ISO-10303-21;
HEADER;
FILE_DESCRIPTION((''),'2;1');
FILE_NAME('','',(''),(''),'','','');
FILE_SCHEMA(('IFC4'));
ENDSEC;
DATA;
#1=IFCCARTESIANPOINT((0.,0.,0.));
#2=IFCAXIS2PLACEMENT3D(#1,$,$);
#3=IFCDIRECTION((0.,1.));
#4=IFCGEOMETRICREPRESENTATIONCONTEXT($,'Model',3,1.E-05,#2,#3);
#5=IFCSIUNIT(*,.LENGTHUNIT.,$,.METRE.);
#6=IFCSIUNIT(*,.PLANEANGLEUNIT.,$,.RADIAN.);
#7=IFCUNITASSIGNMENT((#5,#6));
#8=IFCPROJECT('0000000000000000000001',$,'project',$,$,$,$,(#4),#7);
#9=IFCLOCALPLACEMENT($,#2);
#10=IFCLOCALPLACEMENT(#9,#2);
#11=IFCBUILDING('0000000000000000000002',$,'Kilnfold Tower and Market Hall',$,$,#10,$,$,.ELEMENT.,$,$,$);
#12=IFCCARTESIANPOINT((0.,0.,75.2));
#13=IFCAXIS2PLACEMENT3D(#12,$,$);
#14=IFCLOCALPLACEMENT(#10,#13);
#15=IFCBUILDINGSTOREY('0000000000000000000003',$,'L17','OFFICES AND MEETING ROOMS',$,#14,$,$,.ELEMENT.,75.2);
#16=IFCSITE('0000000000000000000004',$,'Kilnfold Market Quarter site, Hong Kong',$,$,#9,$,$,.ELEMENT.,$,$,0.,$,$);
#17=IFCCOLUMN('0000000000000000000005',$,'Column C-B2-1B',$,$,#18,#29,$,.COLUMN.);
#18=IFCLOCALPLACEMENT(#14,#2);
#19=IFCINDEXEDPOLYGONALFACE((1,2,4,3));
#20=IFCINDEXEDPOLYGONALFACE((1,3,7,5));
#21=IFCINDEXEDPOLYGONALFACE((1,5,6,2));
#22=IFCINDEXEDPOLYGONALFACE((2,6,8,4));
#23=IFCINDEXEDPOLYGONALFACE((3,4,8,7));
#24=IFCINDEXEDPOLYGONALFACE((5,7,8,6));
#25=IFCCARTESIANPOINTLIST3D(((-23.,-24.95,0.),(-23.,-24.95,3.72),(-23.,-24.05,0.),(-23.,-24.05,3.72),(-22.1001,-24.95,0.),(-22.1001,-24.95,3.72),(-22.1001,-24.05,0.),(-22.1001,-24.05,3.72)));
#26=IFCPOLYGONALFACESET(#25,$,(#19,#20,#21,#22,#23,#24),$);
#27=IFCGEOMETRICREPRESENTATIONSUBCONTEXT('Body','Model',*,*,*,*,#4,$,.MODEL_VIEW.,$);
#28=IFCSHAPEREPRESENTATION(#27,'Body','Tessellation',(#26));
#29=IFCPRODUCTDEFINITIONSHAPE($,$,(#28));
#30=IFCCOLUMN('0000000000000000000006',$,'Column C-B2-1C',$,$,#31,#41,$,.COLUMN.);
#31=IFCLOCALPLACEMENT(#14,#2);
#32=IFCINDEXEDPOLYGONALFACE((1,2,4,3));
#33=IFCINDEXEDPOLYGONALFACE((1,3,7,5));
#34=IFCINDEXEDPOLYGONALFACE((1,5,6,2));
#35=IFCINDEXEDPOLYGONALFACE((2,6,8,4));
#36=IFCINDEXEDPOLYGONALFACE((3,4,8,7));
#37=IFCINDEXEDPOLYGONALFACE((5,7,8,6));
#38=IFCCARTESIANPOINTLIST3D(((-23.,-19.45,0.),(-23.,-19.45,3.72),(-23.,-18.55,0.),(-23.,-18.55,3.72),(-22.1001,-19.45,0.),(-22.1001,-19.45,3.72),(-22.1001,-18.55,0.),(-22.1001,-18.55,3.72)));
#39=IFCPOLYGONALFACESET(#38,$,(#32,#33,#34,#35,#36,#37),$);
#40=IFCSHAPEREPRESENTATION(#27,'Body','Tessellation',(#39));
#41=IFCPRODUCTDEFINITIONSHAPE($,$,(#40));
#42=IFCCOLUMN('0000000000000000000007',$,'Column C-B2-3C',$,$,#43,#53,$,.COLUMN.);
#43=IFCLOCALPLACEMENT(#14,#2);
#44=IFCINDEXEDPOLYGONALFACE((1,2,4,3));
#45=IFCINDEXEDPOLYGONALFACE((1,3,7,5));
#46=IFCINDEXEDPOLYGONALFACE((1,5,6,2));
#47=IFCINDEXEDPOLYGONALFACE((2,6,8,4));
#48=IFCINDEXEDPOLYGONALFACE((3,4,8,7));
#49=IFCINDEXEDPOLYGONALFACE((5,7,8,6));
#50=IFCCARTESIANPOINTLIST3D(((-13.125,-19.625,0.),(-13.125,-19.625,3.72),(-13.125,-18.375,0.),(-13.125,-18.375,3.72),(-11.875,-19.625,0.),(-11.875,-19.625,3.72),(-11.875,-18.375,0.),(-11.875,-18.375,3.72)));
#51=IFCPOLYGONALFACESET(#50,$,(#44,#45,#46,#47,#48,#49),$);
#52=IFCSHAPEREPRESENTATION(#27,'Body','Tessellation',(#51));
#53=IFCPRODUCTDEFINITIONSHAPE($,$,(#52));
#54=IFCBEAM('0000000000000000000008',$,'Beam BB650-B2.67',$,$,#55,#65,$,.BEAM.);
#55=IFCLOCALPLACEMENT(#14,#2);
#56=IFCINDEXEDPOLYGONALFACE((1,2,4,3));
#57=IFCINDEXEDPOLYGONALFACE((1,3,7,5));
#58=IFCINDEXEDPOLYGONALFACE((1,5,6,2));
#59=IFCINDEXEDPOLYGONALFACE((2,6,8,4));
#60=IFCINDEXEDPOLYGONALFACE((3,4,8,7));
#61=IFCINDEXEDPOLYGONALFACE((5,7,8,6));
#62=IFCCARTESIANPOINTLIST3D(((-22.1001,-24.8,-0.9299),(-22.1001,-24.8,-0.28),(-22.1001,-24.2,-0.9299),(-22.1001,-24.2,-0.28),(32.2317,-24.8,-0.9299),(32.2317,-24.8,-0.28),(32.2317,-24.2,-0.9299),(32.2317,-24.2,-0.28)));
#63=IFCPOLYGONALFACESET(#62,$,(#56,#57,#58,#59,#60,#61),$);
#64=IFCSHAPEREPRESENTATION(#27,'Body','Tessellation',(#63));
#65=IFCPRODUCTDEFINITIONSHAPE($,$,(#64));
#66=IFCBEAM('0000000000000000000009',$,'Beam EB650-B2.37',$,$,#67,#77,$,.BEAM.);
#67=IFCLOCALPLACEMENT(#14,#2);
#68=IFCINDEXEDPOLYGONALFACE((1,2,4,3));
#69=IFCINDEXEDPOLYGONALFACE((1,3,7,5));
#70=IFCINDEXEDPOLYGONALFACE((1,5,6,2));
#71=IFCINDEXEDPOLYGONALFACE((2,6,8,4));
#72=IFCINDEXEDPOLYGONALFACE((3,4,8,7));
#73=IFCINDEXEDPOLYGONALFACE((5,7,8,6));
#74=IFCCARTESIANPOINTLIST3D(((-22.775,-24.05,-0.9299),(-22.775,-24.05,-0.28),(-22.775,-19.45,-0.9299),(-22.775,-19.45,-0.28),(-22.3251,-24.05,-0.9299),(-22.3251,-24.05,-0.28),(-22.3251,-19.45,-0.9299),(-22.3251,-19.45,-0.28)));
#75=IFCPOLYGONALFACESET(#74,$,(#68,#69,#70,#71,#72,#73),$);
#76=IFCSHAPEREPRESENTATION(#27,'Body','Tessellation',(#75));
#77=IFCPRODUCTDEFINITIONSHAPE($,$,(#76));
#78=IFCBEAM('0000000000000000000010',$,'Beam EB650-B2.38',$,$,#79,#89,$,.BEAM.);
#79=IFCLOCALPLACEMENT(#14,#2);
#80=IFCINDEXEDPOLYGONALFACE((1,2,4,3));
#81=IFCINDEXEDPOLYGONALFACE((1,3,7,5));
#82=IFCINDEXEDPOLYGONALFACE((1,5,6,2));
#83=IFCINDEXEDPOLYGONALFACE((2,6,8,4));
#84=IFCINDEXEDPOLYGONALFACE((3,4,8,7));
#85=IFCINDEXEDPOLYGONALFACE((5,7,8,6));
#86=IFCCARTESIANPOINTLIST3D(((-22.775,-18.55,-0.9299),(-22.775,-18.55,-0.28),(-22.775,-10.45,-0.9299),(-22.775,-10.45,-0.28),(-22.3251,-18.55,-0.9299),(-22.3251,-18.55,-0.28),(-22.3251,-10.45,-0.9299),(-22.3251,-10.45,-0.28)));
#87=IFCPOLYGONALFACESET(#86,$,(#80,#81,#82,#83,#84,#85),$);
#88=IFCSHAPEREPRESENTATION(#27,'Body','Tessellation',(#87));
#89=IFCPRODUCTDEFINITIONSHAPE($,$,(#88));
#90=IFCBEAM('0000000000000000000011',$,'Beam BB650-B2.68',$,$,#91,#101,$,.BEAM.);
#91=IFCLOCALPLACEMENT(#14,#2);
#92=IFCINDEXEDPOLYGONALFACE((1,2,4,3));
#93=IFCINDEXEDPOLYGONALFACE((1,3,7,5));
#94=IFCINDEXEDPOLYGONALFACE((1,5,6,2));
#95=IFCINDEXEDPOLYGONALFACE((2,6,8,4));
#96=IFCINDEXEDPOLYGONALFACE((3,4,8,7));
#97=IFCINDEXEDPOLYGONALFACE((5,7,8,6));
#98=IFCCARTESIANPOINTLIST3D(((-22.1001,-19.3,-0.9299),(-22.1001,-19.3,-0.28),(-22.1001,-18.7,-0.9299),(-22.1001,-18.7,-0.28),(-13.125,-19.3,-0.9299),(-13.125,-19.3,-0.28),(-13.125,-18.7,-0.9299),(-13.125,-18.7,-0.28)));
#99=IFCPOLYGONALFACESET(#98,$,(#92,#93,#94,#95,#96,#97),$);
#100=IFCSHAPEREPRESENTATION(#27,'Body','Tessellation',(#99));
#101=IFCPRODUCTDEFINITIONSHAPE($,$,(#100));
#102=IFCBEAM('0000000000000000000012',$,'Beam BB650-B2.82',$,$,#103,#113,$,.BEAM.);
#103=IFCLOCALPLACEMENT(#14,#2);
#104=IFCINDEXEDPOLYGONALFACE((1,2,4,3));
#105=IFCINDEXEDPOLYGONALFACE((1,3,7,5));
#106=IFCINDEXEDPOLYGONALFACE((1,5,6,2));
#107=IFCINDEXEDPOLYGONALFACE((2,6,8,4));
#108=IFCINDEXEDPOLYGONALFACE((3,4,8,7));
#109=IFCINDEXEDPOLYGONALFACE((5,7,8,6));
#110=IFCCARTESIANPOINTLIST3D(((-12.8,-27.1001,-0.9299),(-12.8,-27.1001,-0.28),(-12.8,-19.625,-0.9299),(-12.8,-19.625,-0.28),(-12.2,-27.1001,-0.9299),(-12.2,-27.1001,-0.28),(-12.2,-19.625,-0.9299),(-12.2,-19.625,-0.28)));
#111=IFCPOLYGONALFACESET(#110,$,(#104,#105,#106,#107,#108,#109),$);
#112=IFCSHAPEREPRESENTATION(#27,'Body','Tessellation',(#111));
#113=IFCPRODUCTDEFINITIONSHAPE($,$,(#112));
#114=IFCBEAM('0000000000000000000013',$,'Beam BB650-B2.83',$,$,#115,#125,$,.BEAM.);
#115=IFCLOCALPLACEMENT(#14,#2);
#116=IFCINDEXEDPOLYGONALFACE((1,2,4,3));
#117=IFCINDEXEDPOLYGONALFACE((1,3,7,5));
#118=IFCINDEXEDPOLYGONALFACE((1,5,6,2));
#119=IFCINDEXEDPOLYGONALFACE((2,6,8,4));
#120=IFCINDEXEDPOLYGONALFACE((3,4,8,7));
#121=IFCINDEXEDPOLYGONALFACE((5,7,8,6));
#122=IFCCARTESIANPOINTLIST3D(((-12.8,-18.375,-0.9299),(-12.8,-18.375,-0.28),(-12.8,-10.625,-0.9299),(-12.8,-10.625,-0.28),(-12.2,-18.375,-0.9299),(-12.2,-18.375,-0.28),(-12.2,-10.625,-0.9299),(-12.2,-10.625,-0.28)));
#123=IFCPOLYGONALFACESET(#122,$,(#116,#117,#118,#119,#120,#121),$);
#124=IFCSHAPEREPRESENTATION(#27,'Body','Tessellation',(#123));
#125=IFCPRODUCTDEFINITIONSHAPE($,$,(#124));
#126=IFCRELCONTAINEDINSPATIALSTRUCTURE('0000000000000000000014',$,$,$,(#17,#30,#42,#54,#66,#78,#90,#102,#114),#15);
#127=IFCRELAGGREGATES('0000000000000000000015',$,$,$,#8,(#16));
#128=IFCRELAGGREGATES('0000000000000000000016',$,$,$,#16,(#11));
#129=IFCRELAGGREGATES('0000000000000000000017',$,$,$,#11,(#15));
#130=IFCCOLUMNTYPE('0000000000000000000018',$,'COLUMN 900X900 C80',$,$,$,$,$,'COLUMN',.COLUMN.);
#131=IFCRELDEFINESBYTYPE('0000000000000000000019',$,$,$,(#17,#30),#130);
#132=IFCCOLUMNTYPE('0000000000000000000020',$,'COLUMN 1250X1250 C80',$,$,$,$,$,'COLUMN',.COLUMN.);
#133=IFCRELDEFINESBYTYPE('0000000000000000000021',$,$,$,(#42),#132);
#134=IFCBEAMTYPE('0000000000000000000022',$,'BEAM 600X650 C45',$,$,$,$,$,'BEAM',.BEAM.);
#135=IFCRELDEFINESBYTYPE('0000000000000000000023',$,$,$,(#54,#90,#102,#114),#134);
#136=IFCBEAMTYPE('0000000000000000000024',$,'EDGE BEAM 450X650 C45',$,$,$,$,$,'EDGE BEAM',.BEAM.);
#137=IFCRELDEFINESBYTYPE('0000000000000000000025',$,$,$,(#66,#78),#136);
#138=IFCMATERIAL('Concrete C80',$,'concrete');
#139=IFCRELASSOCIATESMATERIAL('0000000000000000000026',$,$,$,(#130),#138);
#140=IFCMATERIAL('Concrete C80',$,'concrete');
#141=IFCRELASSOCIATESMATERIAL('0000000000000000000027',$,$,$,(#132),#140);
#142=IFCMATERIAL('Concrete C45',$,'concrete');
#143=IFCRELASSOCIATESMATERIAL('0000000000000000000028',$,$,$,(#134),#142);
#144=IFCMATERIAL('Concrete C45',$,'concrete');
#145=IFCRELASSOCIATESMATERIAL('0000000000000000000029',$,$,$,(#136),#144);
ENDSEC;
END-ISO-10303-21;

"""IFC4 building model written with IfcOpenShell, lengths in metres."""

from ifc_helpers import new_model, si_unit, direction, frame, origin, origin_2d, place, context, subcontext, project, spatial, rectangle, extrude, source, transform, mapped, material, material_profile, profile_set, type_object, element, save


model = new_model("IFC4")

# Units and contexts
model_context = context("Model", 3, precision=1e-05, world=origin(), true_north=direction((0.0, 1.0)))
body_context = subcontext(model_context, "Body", "Model", "MODEL_VIEW")
ifc_project = project(units=[si_unit("LENGTHUNIT", "METRE"), si_unit("PLANEANGLEUNIT", "RADIAN")], contexts=[model_context])

# Site, building, storey
site_placement = place(None, origin())
site = spatial("IfcSite", under=ifc_project, at=site_placement, Name="Kilnfold Market Quarter site, Hong Kong", CompositionType="ELEMENT", RefElevation=0.0)
building_placement = place(site_placement, origin())
building = spatial("IfcBuilding", under=site, at=building_placement, Name="Kilnfold Tower and Market Hall", CompositionType="ELEMENT")
storey_placement = place(building_placement, frame((0.0, 0.0, 75.2)))
storey = spatial("IfcBuildingStorey", under=building, at=storey_placement, Name="L17", Description="OFFICES AND MEETING ROOMS", CompositionType="ELEMENT", Elevation=75.2)

# Columns
ifc_material_1 = material(Name="Concrete C80", Category="concrete")
ifc_material_profile_1 = material_profile(ifc_material_1, rectangle(XDim=0.8999, YDim=0.8999, at=origin_2d()), Name="RC 900x900")
ifc_profile_set_1 = profile_set([ifc_material_profile_1], Name="Concrete C80")
column_type_1 = type_object("IfcColumnType", Name="COLUMN 900X900 C80", ElementType="COLUMN", PredefinedType="COLUMN", material=ifc_profile_set_1)
shared_shape_1 = source(origin(), body_context, "Body", "SweptSolid", [
    extrude(rectangle(XDim=0.8999, YDim=0.8999, at=origin_2d()), origin(), (0.0, 0.0, 1.0), 3.72),
])
for number, where, z_axis, x_axis, name in (
    (1, (-22.55, -24.5, 0.0), (0.0, 0.0, 1.0), (1.0, 0.0, 0.0), "Column C-B2-1B"),
    (2, (-22.55, -19.0, 0.0), (0.0, 0.0, 1.0), (1.0, 0.0, 0.0), "Column C-B2-1C"),
):
    element("IfcColumn", number, at=place(storey_placement, frame(where, z_axis=z_axis, x_axis=x_axis)), inside=storey, type_object=column_type_1, Name=name, PredefinedType="COLUMN", context=body_context, shape_type="MappedRepresentation", body=[
        mapped(shared_shape_1, transform((0.0, 0.0, 0.0))),
    ])
ifc_material_2 = material(Name="Concrete C80", Category="concrete")
ifc_material_profile_2 = material_profile(ifc_material_2, rectangle(XDim=1.25, YDim=1.25, at=origin_2d()), Name="RC 1250x1250")
ifc_profile_set_2 = profile_set([ifc_material_profile_2], Name="Concrete C80")
column_type_2 = type_object("IfcColumnType", Name="COLUMN 1250X1250 C80", ElementType="COLUMN", PredefinedType="COLUMN", material=ifc_profile_set_2)
shared_shape_2 = source(origin(), body_context, "Body", "SweptSolid", [
    extrude(rectangle(XDim=1.25, YDim=1.25, at=origin_2d()), origin(), (0.0, 0.0, 1.0), 3.72),
])
column_placement = place(storey_placement, frame((-12.5, -19.0, 0.0), z_axis=(0.0, 0.0, 1.0), x_axis=(1.0, 0.0, 0.0)))
element("IfcColumn", 3, at=column_placement, inside=storey, type_object=column_type_2, Name="Column C-B2-3C", PredefinedType="COLUMN", context=body_context, shape_type="MappedRepresentation", body=[
    mapped(shared_shape_2, transform((0.0, 0.0, 0.0))),
])

# Beams
ifc_material_3 = material(Name="Concrete C45", Category="concrete")
ifc_material_profile_3 = material_profile(ifc_material_3, rectangle(XDim=0.6001, YDim=0.6499, at=origin_2d()), Name="RC 600x650")
ifc_profile_set_3 = profile_set([ifc_material_profile_3], Name="Concrete C45")
beam_type_1 = type_object("IfcBeamType", Name="BEAM 600X650 C45", ElementType="BEAM", PredefinedType="BEAM", material=ifc_profile_set_3)
shared_shape_3 = source(origin(), body_context, "Body", "SweptSolid", [
    extrude(rectangle(XDim=0.6001, YDim=0.6499, at=origin_2d()), origin(), (0.0, 0.0, 1.0), 54.3318),
])
beam_1_placement = place(storey_placement, frame((-22.1001, -24.5, -0.605), z_axis=(1.0, 0.0, 0.0), x_axis=(0.0, 1.0, 0.0)))
element("IfcBeam", 4, at=beam_1_placement, inside=storey, type_object=beam_type_1, Name="Beam BB650-B2.67", PredefinedType="BEAM", context=body_context, shape_type="MappedRepresentation", body=[
    mapped(shared_shape_3, transform((0.0, 0.0, 0.0))),
])
ifc_material_4 = material(Name="Concrete C45", Category="concrete")
ifc_material_profile_4 = material_profile(ifc_material_4, rectangle(XDim=0.45, YDim=0.6499, at=origin_2d()), Name="RC 450x650")
ifc_profile_set_4 = profile_set([ifc_material_profile_4], Name="Concrete C45")
beam_type_2 = type_object("IfcBeamType", Name="EDGE BEAM 450X650 C45", ElementType="EDGE BEAM", PredefinedType="BEAM", material=ifc_profile_set_4)
shared_shape_4 = source(origin(), body_context, "Body", "SweptSolid", [
    extrude(rectangle(XDim=0.45, YDim=0.6499, at=origin_2d()), origin(), (0.0, 0.0, 1.0), 4.6001),
])
beam_2_placement = place(storey_placement, frame((-22.55, -24.05, -0.605), z_axis=(0.0, 1.0, 0.0), x_axis=(-1.0, 0.0, 0.0)))
element("IfcBeam", 5, at=beam_2_placement, inside=storey, type_object=beam_type_2, Name="Beam EB650-B2.37", PredefinedType="BEAM", context=body_context, shape_type="MappedRepresentation", body=[
    mapped(shared_shape_4, transform((0.0, 0.0, 0.0))),
])
shared_shape_5 = source(origin(), body_context, "Body", "SweptSolid", [
    extrude(rectangle(XDim=0.45, YDim=0.6499, at=origin_2d()), origin(), (0.0, 0.0, 1.0), 8.1001),
])
beam_3_placement = place(storey_placement, frame((-22.55, -18.55, -0.605), z_axis=(0.0, 1.0, 0.0), x_axis=(-1.0, 0.0, 0.0)))
element("IfcBeam", 6, at=beam_3_placement, inside=storey, type_object=beam_type_2, Name="Beam EB650-B2.38", PredefinedType="BEAM", context=body_context, shape_type="MappedRepresentation", body=[
    mapped(shared_shape_5, transform((0.0, 0.0, 0.0))),
])
shared_shape_6 = source(origin(), body_context, "Body", "SweptSolid", [
    extrude(rectangle(XDim=0.6001, YDim=0.6499, at=origin_2d()), origin(), (0.0, 0.0, 1.0), 8.9751),
])
beam_4_placement = place(storey_placement, frame((-22.1001, -19.0, -0.605), z_axis=(1.0, 0.0, 0.0), x_axis=(0.0, 1.0, 0.0)))
element("IfcBeam", 7, at=beam_4_placement, inside=storey, type_object=beam_type_1, Name="Beam BB650-B2.68", PredefinedType="BEAM", context=body_context, shape_type="MappedRepresentation", body=[
    mapped(shared_shape_6, transform((0.0, 0.0, 0.0))),
])
shared_shape_7 = source(origin(), body_context, "Body", "SweptSolid", [
    extrude(rectangle(XDim=0.6001, YDim=0.6499, at=origin_2d()), origin(), (0.0, 0.0, 1.0), 7.4751),
])
beam_5_placement = place(storey_placement, frame((-12.5, -27.1001, -0.605), z_axis=(0.0, 1.0, 0.0), x_axis=(-1.0, 0.0, 0.0)))
element("IfcBeam", 8, at=beam_5_placement, inside=storey, type_object=beam_type_1, Name="Beam BB650-B2.82", PredefinedType="BEAM", context=body_context, shape_type="MappedRepresentation", body=[
    mapped(shared_shape_7, transform((0.0, 0.0, 0.0))),
])
shared_shape_8 = source(origin(), body_context, "Body", "SweptSolid", [
    extrude(rectangle(XDim=0.6001, YDim=0.6499, at=origin_2d()), origin(), (0.0, 0.0, 1.0), 7.75),
])
beam_6_placement = place(storey_placement, frame((-12.5, -18.375, -0.605), z_axis=(0.0, 1.0, 0.0), x_axis=(-1.0, 0.0, 0.0)))
element("IfcBeam", 9, at=beam_6_placement, inside=storey, type_object=beam_type_1, Name="Beam BB650-B2.83", PredefinedType="BEAM", context=body_context, shape_type="MappedRepresentation", body=[
    mapped(shared_shape_8, transform((0.0, 0.0, 0.0))),
])

save(model, "model.ifc")
